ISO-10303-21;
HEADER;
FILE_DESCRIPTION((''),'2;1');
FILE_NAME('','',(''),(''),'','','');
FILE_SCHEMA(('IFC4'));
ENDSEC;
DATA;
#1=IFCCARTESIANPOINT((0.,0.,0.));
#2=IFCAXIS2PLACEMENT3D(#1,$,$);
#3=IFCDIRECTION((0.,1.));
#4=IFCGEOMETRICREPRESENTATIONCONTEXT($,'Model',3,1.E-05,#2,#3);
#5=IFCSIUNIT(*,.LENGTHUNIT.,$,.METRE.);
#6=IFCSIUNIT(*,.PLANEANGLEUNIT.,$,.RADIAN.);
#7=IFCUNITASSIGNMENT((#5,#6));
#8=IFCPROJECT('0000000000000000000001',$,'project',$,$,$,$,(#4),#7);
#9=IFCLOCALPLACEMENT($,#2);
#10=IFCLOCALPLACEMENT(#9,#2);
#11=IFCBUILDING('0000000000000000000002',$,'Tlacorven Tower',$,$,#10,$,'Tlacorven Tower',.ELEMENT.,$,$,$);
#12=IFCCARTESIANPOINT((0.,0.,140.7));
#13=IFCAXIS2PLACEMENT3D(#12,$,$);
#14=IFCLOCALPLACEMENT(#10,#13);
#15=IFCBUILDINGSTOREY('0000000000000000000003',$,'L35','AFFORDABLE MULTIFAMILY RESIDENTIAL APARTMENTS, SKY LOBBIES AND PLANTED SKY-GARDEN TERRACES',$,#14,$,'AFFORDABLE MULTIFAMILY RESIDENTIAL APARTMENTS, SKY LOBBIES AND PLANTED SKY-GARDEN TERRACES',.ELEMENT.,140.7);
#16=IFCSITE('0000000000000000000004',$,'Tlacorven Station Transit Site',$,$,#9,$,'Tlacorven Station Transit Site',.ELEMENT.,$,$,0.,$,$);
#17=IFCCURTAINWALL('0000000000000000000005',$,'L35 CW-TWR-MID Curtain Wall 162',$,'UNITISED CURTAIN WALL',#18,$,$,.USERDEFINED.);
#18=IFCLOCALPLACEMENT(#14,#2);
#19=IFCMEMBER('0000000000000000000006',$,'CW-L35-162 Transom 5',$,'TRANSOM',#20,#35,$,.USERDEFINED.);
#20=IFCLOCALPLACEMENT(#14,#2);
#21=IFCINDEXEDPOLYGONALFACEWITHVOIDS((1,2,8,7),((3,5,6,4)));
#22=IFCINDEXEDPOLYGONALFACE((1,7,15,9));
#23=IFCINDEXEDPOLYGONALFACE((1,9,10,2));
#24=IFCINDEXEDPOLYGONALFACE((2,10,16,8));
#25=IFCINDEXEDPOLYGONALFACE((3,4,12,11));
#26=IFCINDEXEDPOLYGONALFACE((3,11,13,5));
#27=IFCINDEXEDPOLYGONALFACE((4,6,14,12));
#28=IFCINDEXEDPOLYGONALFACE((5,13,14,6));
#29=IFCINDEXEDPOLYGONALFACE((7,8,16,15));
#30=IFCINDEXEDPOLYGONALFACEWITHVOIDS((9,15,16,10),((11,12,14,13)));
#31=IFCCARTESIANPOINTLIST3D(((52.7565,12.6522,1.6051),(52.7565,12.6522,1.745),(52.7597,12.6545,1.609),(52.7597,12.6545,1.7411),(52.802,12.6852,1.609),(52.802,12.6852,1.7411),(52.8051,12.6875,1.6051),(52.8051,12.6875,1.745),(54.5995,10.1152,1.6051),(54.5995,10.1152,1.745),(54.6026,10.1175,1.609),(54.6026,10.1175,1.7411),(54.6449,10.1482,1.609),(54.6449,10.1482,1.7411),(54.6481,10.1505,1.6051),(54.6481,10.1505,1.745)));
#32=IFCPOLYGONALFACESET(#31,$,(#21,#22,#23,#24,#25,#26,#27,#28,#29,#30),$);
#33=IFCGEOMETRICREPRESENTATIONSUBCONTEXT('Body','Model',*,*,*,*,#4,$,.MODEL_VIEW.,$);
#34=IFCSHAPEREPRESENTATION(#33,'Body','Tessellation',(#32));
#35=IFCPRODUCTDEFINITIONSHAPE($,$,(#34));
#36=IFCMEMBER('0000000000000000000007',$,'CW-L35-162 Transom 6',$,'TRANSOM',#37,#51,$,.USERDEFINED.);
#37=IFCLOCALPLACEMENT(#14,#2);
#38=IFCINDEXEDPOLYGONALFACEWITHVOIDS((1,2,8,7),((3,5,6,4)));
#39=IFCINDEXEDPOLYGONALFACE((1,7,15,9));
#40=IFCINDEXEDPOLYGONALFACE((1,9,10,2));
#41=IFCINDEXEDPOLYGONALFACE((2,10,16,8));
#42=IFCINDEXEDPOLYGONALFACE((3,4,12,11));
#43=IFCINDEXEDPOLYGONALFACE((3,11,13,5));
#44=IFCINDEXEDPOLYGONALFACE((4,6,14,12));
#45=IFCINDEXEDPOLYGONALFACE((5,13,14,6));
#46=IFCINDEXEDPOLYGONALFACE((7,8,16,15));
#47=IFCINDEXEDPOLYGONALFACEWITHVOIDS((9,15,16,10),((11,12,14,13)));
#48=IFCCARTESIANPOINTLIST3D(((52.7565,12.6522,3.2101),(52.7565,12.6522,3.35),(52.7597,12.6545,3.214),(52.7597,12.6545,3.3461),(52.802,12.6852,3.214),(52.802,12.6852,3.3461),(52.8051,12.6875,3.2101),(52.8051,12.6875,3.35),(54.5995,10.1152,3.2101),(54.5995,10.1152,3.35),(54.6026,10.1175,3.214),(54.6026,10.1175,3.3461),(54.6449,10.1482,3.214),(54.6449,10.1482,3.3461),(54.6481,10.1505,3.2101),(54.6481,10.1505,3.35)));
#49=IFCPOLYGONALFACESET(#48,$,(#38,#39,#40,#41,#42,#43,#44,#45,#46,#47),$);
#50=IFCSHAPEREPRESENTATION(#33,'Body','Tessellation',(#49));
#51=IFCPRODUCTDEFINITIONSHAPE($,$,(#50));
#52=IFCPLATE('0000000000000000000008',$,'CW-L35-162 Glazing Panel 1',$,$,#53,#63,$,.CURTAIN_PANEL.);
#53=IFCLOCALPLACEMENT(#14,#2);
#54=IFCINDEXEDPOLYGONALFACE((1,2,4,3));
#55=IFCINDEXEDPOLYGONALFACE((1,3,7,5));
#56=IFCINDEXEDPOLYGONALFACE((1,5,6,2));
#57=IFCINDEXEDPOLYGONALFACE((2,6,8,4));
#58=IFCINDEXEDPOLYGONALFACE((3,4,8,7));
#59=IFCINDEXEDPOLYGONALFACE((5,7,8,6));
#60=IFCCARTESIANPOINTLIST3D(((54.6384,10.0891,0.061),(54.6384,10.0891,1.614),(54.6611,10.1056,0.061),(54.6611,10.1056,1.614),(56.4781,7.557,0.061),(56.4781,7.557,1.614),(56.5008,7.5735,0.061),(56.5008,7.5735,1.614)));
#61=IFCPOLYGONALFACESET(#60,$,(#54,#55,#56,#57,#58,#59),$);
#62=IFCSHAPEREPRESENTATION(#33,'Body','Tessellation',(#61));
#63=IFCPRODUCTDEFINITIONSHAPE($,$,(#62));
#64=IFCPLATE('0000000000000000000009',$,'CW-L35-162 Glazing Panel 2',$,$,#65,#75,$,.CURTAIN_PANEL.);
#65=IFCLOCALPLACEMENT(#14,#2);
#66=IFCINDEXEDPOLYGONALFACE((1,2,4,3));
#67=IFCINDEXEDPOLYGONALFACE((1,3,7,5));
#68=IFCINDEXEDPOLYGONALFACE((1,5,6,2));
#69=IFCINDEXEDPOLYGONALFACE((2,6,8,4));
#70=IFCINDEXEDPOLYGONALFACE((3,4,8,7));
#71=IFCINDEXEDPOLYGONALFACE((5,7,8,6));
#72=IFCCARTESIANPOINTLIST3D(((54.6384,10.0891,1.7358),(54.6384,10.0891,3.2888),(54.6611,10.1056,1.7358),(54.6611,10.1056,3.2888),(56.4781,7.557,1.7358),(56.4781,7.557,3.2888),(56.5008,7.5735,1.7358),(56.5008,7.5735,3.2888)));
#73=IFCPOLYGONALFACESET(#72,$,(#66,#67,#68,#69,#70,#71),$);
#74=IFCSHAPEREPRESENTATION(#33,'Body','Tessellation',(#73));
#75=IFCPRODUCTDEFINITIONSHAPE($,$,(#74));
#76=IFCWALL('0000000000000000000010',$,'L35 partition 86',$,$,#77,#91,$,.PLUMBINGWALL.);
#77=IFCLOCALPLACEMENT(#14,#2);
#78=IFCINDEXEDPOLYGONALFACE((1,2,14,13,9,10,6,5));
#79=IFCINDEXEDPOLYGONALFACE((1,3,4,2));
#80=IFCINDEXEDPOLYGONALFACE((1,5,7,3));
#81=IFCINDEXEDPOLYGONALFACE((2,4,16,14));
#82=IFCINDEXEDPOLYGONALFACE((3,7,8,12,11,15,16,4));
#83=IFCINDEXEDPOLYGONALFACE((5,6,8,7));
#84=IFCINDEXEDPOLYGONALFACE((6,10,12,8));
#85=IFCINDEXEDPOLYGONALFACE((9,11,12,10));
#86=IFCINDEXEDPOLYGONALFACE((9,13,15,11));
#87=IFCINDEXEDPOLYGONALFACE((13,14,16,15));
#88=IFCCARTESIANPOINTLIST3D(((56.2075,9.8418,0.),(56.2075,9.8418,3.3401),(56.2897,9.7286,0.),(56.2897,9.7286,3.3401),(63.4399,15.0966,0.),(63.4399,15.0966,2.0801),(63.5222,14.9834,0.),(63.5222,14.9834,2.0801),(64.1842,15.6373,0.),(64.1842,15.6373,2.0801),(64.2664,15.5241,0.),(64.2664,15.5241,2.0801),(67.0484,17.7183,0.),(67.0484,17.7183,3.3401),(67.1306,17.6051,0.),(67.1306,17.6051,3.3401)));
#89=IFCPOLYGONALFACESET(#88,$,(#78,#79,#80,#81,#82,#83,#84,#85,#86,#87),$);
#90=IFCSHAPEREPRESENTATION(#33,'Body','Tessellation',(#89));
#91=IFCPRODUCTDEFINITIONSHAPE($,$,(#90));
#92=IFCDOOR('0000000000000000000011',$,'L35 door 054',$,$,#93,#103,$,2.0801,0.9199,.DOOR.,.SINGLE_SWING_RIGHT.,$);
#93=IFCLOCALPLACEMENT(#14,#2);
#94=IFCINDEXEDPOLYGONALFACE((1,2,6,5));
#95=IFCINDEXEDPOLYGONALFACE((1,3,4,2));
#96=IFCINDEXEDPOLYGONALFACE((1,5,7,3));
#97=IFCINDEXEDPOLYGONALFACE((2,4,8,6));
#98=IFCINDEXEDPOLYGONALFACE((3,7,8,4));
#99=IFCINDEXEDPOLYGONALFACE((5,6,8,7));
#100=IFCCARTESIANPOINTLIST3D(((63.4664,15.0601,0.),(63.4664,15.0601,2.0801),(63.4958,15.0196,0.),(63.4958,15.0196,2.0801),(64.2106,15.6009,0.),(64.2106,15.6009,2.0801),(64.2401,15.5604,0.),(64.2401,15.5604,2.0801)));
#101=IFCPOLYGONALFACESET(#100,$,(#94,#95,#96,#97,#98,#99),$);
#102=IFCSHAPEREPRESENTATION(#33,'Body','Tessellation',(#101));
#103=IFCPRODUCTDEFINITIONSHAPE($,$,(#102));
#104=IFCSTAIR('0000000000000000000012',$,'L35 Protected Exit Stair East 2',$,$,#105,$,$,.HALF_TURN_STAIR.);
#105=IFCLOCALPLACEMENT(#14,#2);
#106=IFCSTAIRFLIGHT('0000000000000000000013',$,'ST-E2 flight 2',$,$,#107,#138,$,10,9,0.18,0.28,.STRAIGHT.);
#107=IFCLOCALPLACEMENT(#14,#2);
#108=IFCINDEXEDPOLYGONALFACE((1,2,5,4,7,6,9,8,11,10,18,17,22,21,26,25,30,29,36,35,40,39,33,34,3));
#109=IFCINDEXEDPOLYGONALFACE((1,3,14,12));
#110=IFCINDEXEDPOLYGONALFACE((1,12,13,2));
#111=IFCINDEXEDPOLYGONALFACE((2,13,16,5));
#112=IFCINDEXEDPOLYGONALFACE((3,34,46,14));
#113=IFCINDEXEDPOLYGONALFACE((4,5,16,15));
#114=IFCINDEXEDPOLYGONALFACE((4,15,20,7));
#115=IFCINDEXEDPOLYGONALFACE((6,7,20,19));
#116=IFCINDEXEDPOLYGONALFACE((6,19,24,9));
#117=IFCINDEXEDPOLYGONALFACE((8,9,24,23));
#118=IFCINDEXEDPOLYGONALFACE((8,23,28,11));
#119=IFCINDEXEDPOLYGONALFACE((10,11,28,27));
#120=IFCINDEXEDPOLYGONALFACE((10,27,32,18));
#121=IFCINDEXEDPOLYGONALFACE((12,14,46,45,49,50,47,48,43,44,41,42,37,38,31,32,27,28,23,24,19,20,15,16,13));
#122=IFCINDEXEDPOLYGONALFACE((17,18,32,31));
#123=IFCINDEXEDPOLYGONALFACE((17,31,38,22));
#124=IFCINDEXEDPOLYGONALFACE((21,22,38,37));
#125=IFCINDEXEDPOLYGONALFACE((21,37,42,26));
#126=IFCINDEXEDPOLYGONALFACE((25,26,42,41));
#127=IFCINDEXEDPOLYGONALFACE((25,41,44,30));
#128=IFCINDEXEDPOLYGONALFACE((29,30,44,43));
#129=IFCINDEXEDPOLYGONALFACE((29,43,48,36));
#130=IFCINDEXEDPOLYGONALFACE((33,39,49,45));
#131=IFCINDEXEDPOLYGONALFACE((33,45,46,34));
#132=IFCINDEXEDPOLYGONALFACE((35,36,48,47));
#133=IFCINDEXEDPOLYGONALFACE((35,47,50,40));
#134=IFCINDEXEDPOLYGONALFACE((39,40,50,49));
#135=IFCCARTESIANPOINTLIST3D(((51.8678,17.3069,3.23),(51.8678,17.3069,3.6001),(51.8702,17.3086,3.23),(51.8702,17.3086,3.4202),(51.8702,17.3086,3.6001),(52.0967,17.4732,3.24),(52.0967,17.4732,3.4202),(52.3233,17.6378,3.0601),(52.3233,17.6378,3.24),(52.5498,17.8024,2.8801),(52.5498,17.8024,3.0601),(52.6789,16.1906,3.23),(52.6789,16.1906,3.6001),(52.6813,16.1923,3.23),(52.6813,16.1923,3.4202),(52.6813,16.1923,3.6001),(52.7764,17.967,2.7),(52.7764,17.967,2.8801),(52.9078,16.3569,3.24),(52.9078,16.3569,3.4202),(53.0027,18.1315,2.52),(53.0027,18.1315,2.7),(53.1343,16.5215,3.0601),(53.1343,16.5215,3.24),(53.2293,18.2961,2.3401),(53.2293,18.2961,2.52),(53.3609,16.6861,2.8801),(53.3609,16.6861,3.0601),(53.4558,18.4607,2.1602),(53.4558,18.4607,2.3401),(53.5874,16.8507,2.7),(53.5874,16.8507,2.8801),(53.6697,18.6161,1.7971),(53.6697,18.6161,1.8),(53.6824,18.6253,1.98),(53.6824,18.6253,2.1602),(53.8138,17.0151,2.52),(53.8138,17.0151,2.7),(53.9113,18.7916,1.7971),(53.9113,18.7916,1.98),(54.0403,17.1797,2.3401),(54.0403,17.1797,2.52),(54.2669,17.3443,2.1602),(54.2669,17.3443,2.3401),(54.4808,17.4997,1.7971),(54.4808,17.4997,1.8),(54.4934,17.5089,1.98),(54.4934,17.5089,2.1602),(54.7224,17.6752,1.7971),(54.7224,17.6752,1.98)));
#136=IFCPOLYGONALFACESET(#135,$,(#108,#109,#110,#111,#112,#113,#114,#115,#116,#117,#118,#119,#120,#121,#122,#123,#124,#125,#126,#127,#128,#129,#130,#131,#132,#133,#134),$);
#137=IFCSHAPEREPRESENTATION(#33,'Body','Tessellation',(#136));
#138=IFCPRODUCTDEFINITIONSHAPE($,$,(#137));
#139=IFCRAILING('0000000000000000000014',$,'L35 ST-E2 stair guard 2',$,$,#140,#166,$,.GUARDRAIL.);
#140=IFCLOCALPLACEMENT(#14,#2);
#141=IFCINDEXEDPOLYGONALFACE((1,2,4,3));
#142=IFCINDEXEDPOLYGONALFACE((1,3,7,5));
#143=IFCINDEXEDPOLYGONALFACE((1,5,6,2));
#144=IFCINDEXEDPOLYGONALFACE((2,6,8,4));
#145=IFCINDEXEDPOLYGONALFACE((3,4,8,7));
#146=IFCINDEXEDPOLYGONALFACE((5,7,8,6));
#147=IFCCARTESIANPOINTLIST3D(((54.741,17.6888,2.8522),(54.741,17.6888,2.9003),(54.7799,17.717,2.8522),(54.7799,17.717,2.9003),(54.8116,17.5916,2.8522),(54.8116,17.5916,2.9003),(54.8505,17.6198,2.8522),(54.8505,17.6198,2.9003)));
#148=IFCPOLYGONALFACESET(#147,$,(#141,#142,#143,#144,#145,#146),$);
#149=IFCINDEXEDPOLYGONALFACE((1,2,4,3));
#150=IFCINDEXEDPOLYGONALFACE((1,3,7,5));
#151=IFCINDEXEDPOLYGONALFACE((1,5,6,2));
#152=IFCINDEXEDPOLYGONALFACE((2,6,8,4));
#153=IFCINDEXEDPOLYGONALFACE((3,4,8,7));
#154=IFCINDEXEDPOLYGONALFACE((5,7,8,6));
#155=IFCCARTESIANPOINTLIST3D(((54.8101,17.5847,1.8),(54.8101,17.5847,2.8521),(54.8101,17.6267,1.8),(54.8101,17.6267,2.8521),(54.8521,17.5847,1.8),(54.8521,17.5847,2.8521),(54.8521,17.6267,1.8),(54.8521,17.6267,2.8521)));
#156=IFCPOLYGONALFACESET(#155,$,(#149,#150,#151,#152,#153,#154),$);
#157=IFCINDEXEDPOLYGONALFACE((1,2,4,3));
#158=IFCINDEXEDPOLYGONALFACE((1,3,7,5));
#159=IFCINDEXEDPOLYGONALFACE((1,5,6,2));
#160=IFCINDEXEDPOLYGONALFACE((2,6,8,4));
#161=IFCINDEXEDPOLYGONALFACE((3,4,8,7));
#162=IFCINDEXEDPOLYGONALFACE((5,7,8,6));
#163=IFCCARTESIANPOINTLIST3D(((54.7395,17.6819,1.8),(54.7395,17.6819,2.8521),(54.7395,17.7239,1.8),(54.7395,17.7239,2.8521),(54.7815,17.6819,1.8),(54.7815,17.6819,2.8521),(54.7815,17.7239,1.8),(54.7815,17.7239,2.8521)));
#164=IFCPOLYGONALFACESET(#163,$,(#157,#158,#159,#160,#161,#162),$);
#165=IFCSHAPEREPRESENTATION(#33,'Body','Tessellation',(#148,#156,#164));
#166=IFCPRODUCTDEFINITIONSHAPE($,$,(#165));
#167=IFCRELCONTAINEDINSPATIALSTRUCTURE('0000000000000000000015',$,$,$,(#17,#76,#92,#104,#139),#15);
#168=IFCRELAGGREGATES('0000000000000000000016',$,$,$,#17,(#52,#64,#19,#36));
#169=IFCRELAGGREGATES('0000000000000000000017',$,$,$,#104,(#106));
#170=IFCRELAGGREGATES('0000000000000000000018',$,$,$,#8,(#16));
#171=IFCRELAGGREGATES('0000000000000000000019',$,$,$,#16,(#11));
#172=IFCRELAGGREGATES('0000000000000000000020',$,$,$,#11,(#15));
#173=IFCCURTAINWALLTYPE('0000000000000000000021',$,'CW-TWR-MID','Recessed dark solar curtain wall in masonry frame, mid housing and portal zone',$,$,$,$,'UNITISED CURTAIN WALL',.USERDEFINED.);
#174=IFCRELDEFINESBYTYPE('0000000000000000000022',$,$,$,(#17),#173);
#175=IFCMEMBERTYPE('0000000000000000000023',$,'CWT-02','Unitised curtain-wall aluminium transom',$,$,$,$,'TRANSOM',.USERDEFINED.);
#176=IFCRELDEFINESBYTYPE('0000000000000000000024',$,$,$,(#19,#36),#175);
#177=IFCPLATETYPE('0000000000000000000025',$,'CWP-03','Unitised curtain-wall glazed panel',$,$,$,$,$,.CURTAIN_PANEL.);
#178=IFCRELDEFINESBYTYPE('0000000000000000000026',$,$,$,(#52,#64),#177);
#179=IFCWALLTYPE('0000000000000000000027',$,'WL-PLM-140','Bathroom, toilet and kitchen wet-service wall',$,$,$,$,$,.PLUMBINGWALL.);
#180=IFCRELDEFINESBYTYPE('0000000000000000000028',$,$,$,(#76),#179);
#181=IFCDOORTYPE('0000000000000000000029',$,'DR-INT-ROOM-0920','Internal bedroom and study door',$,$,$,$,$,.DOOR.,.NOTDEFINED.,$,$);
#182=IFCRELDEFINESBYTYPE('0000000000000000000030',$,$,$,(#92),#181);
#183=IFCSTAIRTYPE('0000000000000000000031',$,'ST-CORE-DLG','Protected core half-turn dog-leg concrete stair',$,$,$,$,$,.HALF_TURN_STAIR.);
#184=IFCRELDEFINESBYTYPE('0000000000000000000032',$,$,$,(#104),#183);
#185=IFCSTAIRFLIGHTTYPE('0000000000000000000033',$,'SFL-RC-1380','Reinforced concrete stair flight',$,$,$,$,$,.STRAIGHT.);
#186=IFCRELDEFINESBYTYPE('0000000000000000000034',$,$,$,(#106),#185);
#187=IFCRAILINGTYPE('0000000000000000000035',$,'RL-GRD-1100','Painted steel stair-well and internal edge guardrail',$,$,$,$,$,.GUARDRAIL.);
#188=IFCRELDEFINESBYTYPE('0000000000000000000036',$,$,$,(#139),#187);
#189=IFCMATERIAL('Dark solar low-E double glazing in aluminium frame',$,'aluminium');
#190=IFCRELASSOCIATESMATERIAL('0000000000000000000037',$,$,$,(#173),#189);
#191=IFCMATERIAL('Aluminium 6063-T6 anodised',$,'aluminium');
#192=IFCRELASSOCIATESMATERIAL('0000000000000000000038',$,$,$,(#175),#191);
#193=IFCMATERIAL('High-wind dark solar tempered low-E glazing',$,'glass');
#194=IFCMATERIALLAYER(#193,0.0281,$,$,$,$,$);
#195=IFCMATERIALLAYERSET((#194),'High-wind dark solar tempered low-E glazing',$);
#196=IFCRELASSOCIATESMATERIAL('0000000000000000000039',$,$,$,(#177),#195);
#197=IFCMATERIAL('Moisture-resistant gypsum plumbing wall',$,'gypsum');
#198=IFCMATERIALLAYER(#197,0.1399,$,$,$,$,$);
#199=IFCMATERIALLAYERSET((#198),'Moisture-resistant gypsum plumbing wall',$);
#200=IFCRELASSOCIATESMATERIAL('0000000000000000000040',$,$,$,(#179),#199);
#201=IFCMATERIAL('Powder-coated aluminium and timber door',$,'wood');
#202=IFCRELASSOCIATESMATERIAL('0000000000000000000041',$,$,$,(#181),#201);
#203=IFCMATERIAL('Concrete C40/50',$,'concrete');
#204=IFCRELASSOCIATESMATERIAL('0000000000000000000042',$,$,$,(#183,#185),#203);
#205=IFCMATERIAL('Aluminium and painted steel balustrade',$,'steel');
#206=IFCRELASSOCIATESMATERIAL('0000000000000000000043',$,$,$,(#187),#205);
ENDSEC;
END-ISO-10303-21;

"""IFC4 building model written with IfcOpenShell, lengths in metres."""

from ifc_helpers import new_model, si_unit, direction, frame, frame_2d, origin, origin_2d, place, context, subcontext, project, spatial, polyline, rectangle, hollow_rectangle, outline, extrude, source, transform, mapped, material, layer, layer_set, material_profile, profile_set, type_object, element, fill, aggregate, save


model = new_model("IFC4")

# Units and contexts
model_context = context("Model", 3, precision=1e-05, world=origin(), true_north=direction((0.0, 1.0)))
body_context = subcontext(model_context, "Body", "Model", "MODEL_VIEW")
ifc_project = project(units=[si_unit("LENGTHUNIT", "METRE"), si_unit("PLANEANGLEUNIT", "RADIAN")], contexts=[model_context])

# Site, building, storey
site_placement = place(None, origin())
site = spatial("IfcSite", under=ifc_project, at=site_placement, Name="Tlacorven Station Transit Site", LongName="Tlacorven Station Transit Site", CompositionType="ELEMENT", RefElevation=0.0)
building_placement = place(site_placement, origin())
building = spatial("IfcBuilding", under=site, at=building_placement, Name="Tlacorven Tower", LongName="Tlacorven Tower", CompositionType="ELEMENT")
storey_placement = place(building_placement, frame((0.0, 0.0, 140.7)))
storey = spatial("IfcBuildingStorey", under=building, at=storey_placement, Name="L35", Description="AFFORDABLE MULTIFAMILY RESIDENTIAL APARTMENTS, SKY LOBBIES AND PLANTED SKY-GARDEN TERRACES", LongName="AFFORDABLE MULTIFAMILY RESIDENTIAL APARTMENTS, SKY LOBBIES AND PLANTED SKY-GARDEN TERRACES", CompositionType="ELEMENT", Elevation=140.7)

# Curtain wall, members, plates
ifc_material_1 = material(Name="Dark solar low-E double glazing in aluminium frame", Category="aluminium")
curtain_wall_type = type_object("IfcCurtainWallType", Name="CW-TWR-MID", Description="Recessed dark solar curtain wall in masonry frame, mid housing and portal zone", ElementType="UNITISED CURTAIN WALL", PredefinedType="USERDEFINED", material=ifc_material_1)
curtain_wall_placement = place(storey_placement, origin())
curtain_wall = element("IfcCurtainWall", 1, at=curtain_wall_placement, inside=storey, type_object=curtain_wall_type, Name="L35 CW-TWR-MID Curtain Wall 162", ObjectType="UNITISED CURTAIN WALL", PredefinedType="USERDEFINED")
ifc_material_2 = material(Name="Aluminium 6063-T6 anodised", Category="aluminium")
ifc_material_profile_1 = material_profile(ifc_material_2, hollow_rectangle(XDim=0.0601, YDim=0.1399, WallThickness=0.0039, at=origin_2d()), Name="ALU TRANSOM 60X140")
ifc_profile_set_1 = profile_set([ifc_material_profile_1], Name="Aluminium 6063-T6 anodised")
member_type_1 = type_object("IfcMemberType", Name="CWT-02", Description="Unitised curtain-wall aluminium transom", ElementType="TRANSOM", PredefinedType="USERDEFINED", material=ifc_profile_set_1)
shared_shape_1 = source(origin(), body_context, "Body", "SweptSolid", [
    extrude(hollow_rectangle(XDim=0.0601, YDim=0.1399, WallThickness=0.0039, at=origin_2d()), origin(), (0.0, 0.0, 1.0), 3.1357),
])
member_1_placement = place(storey_placement, frame((54.6238, 10.1328, 1.675), z_axis=(-0.587723, 0.809063, 0.0), x_axis=(-0.809063, -0.587723, 0.0)))
member_1 = element("IfcMember", 2, at=member_1_placement, type_object=member_type_1, Name="CW-L35-162 Transom 5", ObjectType="TRANSOM", PredefinedType="USERDEFINED", context=body_context, shape_type="MappedRepresentation", body=[
    mapped(shared_shape_1, transform((0.0, 0.0, 0.0), scale=1.0)),
])
member_2_placement = place(storey_placement, frame((54.6238, 10.1328, 3.28), z_axis=(-0.587723, 0.809063, 0.0), x_axis=(-0.809063, -0.587723, 0.0)))
member_2 = element("IfcMember", 3, at=member_2_placement, type_object=member_type_1, Name="CW-L35-162 Transom 6", ObjectType="TRANSOM", PredefinedType="USERDEFINED", context=body_context, shape_type="MappedRepresentation", body=[
    mapped(shared_shape_1, transform((0.0, 0.0, 0.0), scale=1.0)),
])
ifc_material_3 = material(Name="High-wind dark solar tempered low-E glazing", Category="glass")
ifc_layer_1 = layer(ifc_material_3, 0.0281)
ifc_layer_set_1 = layer_set([ifc_layer_1], Name="High-wind dark solar tempered low-E glazing")
plate_type = type_object("IfcPlateType", Name="CWP-03", Description="Unitised curtain-wall glazed panel", PredefinedType="CURTAIN_PANEL", material=ifc_layer_set_1)
shared_shape_2 = source(origin(), body_context, "Body", "SweptSolid", [
    extrude(rectangle(XDim=3.1299, YDim=0.0281, at=origin_2d()), origin(), (0.0, 0.0, 1.0), 1.553),
])
plate_1_placement = place(storey_placement, frame((55.5696, 8.8313, 0.061), z_axis=(0.0, 0.0, 1.0), x_axis=(-0.587785, 0.809017, 0.0)))
plate_1 = element("IfcPlate", 4, at=plate_1_placement, type_object=plate_type, Name="CW-L35-162 Glazing Panel 1", PredefinedType="CURTAIN_PANEL", context=body_context, shape_type="MappedRepresentation", body=[
    mapped(shared_shape_2, transform((0.0, 0.0, 0.0), scale=1.0)),
])
plate_2_placement = place(storey_placement, frame((55.5696, 8.8313, 1.7358), z_axis=(0.0, 0.0, 1.0), x_axis=(-0.587785, 0.809017, 0.0)))
plate_2 = element("IfcPlate", 5, at=plate_2_placement, type_object=plate_type, Name="CW-L35-162 Glazing Panel 2", PredefinedType="CURTAIN_PANEL", context=body_context, shape_type="MappedRepresentation", body=[
    mapped(shared_shape_2, transform((0.0, 0.0, 0.0), scale=1.0)),
])
aggregate(curtain_wall, [plate_1, plate_2, member_1, member_2])

# Wall, opening, door
ifc_material_4 = material(Name="Moisture-resistant gypsum plumbing wall", Category="gypsum")
ifc_layer_2 = layer(ifc_material_4, 0.1399)
ifc_layer_set_2 = layer_set([ifc_layer_2], Name="Moisture-resistant gypsum plumbing wall")
wall_type = type_object("IfcWallType", Name="WL-PLM-140", Description="Bathroom, toilet and kitchen wet-service wall", PredefinedType="PLUMBINGWALL", material=ifc_layer_set_2)
wall_placement = place(storey_placement, frame((56.2485, 9.7852, 0.0), z_axis=(0.0, 0.0, 1.0), x_axis=(0.809012, 0.587792, 0.0)))
wall = element("IfcWall", 6, at=wall_placement, inside=storey, type_object=wall_type, Name="L35 partition 86", PredefinedType="PLUMBINGWALL", context=body_context, shape_type="SweptSolid", body=[
    extrude(rectangle(XDim=13.4001, YDim=0.1399, at=frame_2d((6.7002, 0.0))), origin(), (0.0, 0.0, 1.0), 3.3401),
])
opening_placement = place(wall_placement, frame((8.9399, 0.0, 0.0)))
opening = element("IfcOpeningElement", 7, at=opening_placement, cuts=wall, PredefinedType="OPENING", context=body_context, shape_type="SweptSolid", body=[
    extrude(rectangle(XDim=0.9199, YDim=2.0801, at=frame_2d((0.46, 1.04))), frame((0.0, 0.0801, 0.0), z_axis=(0.0, -1.0, 0.0), x_axis=(1.0, 0.0, 0.0)), (0.0, 0.0, 1.0), 0.1599),
])
ifc_material_5 = material(Name="Powder-coated aluminium and timber door", Category="wood")
door_type = type_object("IfcDoorType", Name="DR-INT-ROOM-0920", Description="Internal bedroom and study door", OperationType="NOTDEFINED", PredefinedType="DOOR", material=ifc_material_5)
shared_shape_3 = source(origin(), body_context, "Body", "SweptSolid", [
    extrude(rectangle(XDim=0.9199, YDim=2.0801, at=frame_2d((0.46, 1.04))), frame((0.0, 0.0249, 0.0), z_axis=(0.0, -1.0, 0.0), x_axis=(1.0, 0.0, 0.0)), (0.0, 0.0, 1.0), 0.05),
])
door_placement = place(opening_placement, origin())
door = element("IfcDoor", 8, at=door_placement, inside=storey, type_object=door_type, Name="L35 door 054", OperationType="SINGLE_SWING_RIGHT", OverallHeight=2.0801, OverallWidth=0.9199, PredefinedType="DOOR", context=body_context, shape_type="MappedRepresentation", body=[
    mapped(shared_shape_3, transform((0.0, 0.0, 0.0), scale=1.0)),
])
fill(opening, door)

# Stair, stair flight
ifc_material_6 = material(Name="Concrete C40/50", Category="concrete")
stair_type = type_object("IfcStairType", Name="ST-CORE-DLG", Description="Protected core half-turn dog-leg concrete stair", PredefinedType="HALF_TURN_STAIR", material=ifc_material_6)
stair_placement = place(storey_placement, origin())
stair = element("IfcStair", 9, at=stair_placement, inside=storey, type_object=stair_type, Name="L35 Protected Exit Stair East 2", PredefinedType="HALF_TURN_STAIR")
stair_flight_type = type_object("IfcStairFlightType", Name="SFL-RC-1380", Description="Reinforced concrete stair flight", PredefinedType="STRAIGHT", material=ifc_material_6)
shared_shape_4 = source(origin(), body_context, "Body", "SweptSolid", [
    extrude(outline(polyline([(-0.0029, -0.0029), (-0.0029, 0.1799), (0.28, 0.1799), (0.28, 0.3601), (0.5601, 0.3601), (0.5601, 0.54), (0.8401, 0.54), (0.8401, 0.72), (1.1201, 0.72), (1.1201, 0.8999), (1.3999, 0.8999), (1.3999, 1.0801), (1.6799, 1.0801), (1.6799, 1.26), (1.96, 1.26), (1.96, 1.4399), (2.24, 1.4399), (2.24, 1.6201), (2.52, 1.6201), (2.52, 1.8), (2.5229, 1.8), (2.5229, 1.4299), (2.52, 1.4299), (0.2957, 0.0), (0.2957, -0.0029), (-0.0029, -0.0029)])), frame((0.0, 0.6899, 0.0), z_axis=(0.0, -1.0, 0.0), x_axis=(1.0, 0.0, 0.0)), (0.0, 0.0, 1.0), 1.3799),
])
stair_flight_placement = place(storey_placement, frame((54.3145, 18.2317, 1.8), z_axis=(0.0, 0.0, 1.0), x_axis=(-0.809017, -0.587785, 0.0)))
stair_flight = element("IfcStairFlight", 10, at=stair_flight_placement, type_object=stair_flight_type, Name="ST-E2 flight 2", NumberOfRisers=10, NumberOfTreads=9, PredefinedType="STRAIGHT", RiserHeight=0.18, TreadLength=0.28, context=body_context, shape_type="MappedRepresentation", body=[
    mapped(shared_shape_4, transform((0.0, 0.0, 0.0), scale=1.0)),
])
aggregate(stair, [stair_flight])

# Railing
ifc_material_7 = material(Name="Aluminium and painted steel balustrade", Category="steel")
railing_type_1 = type_object("IfcRailingType", Name="RL-GRD-1100", Description="Painted steel stair-well and internal edge guardrail", PredefinedType="GUARDRAIL", material=ifc_material_7)
shared_shape_5 = source(origin(), body_context, "Body", "SweptSolid", [
    extrude(rectangle(XDim=0.0481, YDim=0.0481, at=origin_2d()), frame((0.0, 0.0, 1.0762), z_axis=(-0.587567, 0.809175, 0.0), x_axis=(-0.809175, -0.587567, 0.0)), (0.0, 0.0, 1.0), 0.1201),
    extrude(rectangle(XDim=0.042, YDim=0.042, at=origin_2d()), origin(), (0.0, 0.0, 1.0), 1.052),
    extrude(rectangle(XDim=0.042, YDim=0.042, at=origin_2d()), frame((-0.0706, 0.0972, 0.0)), (0.0, 0.0, 1.0), 1.052),
])
railing_1_placement = place(storey_placement, frame((54.8311, 17.6057, 1.8)))
element("IfcRailing", 11, at=railing_1_placement, inside=storey, type_object=railing_type_1, Name="L35 ST-E2 stair guard 2", PredefinedType="GUARDRAIL", context=body_context, shape_type="MappedRepresentation", body=[
    mapped(shared_shape_5, transform((0.0, 0.0, 0.0), scale=1.0)),
])

save(model, "model.ifc")
